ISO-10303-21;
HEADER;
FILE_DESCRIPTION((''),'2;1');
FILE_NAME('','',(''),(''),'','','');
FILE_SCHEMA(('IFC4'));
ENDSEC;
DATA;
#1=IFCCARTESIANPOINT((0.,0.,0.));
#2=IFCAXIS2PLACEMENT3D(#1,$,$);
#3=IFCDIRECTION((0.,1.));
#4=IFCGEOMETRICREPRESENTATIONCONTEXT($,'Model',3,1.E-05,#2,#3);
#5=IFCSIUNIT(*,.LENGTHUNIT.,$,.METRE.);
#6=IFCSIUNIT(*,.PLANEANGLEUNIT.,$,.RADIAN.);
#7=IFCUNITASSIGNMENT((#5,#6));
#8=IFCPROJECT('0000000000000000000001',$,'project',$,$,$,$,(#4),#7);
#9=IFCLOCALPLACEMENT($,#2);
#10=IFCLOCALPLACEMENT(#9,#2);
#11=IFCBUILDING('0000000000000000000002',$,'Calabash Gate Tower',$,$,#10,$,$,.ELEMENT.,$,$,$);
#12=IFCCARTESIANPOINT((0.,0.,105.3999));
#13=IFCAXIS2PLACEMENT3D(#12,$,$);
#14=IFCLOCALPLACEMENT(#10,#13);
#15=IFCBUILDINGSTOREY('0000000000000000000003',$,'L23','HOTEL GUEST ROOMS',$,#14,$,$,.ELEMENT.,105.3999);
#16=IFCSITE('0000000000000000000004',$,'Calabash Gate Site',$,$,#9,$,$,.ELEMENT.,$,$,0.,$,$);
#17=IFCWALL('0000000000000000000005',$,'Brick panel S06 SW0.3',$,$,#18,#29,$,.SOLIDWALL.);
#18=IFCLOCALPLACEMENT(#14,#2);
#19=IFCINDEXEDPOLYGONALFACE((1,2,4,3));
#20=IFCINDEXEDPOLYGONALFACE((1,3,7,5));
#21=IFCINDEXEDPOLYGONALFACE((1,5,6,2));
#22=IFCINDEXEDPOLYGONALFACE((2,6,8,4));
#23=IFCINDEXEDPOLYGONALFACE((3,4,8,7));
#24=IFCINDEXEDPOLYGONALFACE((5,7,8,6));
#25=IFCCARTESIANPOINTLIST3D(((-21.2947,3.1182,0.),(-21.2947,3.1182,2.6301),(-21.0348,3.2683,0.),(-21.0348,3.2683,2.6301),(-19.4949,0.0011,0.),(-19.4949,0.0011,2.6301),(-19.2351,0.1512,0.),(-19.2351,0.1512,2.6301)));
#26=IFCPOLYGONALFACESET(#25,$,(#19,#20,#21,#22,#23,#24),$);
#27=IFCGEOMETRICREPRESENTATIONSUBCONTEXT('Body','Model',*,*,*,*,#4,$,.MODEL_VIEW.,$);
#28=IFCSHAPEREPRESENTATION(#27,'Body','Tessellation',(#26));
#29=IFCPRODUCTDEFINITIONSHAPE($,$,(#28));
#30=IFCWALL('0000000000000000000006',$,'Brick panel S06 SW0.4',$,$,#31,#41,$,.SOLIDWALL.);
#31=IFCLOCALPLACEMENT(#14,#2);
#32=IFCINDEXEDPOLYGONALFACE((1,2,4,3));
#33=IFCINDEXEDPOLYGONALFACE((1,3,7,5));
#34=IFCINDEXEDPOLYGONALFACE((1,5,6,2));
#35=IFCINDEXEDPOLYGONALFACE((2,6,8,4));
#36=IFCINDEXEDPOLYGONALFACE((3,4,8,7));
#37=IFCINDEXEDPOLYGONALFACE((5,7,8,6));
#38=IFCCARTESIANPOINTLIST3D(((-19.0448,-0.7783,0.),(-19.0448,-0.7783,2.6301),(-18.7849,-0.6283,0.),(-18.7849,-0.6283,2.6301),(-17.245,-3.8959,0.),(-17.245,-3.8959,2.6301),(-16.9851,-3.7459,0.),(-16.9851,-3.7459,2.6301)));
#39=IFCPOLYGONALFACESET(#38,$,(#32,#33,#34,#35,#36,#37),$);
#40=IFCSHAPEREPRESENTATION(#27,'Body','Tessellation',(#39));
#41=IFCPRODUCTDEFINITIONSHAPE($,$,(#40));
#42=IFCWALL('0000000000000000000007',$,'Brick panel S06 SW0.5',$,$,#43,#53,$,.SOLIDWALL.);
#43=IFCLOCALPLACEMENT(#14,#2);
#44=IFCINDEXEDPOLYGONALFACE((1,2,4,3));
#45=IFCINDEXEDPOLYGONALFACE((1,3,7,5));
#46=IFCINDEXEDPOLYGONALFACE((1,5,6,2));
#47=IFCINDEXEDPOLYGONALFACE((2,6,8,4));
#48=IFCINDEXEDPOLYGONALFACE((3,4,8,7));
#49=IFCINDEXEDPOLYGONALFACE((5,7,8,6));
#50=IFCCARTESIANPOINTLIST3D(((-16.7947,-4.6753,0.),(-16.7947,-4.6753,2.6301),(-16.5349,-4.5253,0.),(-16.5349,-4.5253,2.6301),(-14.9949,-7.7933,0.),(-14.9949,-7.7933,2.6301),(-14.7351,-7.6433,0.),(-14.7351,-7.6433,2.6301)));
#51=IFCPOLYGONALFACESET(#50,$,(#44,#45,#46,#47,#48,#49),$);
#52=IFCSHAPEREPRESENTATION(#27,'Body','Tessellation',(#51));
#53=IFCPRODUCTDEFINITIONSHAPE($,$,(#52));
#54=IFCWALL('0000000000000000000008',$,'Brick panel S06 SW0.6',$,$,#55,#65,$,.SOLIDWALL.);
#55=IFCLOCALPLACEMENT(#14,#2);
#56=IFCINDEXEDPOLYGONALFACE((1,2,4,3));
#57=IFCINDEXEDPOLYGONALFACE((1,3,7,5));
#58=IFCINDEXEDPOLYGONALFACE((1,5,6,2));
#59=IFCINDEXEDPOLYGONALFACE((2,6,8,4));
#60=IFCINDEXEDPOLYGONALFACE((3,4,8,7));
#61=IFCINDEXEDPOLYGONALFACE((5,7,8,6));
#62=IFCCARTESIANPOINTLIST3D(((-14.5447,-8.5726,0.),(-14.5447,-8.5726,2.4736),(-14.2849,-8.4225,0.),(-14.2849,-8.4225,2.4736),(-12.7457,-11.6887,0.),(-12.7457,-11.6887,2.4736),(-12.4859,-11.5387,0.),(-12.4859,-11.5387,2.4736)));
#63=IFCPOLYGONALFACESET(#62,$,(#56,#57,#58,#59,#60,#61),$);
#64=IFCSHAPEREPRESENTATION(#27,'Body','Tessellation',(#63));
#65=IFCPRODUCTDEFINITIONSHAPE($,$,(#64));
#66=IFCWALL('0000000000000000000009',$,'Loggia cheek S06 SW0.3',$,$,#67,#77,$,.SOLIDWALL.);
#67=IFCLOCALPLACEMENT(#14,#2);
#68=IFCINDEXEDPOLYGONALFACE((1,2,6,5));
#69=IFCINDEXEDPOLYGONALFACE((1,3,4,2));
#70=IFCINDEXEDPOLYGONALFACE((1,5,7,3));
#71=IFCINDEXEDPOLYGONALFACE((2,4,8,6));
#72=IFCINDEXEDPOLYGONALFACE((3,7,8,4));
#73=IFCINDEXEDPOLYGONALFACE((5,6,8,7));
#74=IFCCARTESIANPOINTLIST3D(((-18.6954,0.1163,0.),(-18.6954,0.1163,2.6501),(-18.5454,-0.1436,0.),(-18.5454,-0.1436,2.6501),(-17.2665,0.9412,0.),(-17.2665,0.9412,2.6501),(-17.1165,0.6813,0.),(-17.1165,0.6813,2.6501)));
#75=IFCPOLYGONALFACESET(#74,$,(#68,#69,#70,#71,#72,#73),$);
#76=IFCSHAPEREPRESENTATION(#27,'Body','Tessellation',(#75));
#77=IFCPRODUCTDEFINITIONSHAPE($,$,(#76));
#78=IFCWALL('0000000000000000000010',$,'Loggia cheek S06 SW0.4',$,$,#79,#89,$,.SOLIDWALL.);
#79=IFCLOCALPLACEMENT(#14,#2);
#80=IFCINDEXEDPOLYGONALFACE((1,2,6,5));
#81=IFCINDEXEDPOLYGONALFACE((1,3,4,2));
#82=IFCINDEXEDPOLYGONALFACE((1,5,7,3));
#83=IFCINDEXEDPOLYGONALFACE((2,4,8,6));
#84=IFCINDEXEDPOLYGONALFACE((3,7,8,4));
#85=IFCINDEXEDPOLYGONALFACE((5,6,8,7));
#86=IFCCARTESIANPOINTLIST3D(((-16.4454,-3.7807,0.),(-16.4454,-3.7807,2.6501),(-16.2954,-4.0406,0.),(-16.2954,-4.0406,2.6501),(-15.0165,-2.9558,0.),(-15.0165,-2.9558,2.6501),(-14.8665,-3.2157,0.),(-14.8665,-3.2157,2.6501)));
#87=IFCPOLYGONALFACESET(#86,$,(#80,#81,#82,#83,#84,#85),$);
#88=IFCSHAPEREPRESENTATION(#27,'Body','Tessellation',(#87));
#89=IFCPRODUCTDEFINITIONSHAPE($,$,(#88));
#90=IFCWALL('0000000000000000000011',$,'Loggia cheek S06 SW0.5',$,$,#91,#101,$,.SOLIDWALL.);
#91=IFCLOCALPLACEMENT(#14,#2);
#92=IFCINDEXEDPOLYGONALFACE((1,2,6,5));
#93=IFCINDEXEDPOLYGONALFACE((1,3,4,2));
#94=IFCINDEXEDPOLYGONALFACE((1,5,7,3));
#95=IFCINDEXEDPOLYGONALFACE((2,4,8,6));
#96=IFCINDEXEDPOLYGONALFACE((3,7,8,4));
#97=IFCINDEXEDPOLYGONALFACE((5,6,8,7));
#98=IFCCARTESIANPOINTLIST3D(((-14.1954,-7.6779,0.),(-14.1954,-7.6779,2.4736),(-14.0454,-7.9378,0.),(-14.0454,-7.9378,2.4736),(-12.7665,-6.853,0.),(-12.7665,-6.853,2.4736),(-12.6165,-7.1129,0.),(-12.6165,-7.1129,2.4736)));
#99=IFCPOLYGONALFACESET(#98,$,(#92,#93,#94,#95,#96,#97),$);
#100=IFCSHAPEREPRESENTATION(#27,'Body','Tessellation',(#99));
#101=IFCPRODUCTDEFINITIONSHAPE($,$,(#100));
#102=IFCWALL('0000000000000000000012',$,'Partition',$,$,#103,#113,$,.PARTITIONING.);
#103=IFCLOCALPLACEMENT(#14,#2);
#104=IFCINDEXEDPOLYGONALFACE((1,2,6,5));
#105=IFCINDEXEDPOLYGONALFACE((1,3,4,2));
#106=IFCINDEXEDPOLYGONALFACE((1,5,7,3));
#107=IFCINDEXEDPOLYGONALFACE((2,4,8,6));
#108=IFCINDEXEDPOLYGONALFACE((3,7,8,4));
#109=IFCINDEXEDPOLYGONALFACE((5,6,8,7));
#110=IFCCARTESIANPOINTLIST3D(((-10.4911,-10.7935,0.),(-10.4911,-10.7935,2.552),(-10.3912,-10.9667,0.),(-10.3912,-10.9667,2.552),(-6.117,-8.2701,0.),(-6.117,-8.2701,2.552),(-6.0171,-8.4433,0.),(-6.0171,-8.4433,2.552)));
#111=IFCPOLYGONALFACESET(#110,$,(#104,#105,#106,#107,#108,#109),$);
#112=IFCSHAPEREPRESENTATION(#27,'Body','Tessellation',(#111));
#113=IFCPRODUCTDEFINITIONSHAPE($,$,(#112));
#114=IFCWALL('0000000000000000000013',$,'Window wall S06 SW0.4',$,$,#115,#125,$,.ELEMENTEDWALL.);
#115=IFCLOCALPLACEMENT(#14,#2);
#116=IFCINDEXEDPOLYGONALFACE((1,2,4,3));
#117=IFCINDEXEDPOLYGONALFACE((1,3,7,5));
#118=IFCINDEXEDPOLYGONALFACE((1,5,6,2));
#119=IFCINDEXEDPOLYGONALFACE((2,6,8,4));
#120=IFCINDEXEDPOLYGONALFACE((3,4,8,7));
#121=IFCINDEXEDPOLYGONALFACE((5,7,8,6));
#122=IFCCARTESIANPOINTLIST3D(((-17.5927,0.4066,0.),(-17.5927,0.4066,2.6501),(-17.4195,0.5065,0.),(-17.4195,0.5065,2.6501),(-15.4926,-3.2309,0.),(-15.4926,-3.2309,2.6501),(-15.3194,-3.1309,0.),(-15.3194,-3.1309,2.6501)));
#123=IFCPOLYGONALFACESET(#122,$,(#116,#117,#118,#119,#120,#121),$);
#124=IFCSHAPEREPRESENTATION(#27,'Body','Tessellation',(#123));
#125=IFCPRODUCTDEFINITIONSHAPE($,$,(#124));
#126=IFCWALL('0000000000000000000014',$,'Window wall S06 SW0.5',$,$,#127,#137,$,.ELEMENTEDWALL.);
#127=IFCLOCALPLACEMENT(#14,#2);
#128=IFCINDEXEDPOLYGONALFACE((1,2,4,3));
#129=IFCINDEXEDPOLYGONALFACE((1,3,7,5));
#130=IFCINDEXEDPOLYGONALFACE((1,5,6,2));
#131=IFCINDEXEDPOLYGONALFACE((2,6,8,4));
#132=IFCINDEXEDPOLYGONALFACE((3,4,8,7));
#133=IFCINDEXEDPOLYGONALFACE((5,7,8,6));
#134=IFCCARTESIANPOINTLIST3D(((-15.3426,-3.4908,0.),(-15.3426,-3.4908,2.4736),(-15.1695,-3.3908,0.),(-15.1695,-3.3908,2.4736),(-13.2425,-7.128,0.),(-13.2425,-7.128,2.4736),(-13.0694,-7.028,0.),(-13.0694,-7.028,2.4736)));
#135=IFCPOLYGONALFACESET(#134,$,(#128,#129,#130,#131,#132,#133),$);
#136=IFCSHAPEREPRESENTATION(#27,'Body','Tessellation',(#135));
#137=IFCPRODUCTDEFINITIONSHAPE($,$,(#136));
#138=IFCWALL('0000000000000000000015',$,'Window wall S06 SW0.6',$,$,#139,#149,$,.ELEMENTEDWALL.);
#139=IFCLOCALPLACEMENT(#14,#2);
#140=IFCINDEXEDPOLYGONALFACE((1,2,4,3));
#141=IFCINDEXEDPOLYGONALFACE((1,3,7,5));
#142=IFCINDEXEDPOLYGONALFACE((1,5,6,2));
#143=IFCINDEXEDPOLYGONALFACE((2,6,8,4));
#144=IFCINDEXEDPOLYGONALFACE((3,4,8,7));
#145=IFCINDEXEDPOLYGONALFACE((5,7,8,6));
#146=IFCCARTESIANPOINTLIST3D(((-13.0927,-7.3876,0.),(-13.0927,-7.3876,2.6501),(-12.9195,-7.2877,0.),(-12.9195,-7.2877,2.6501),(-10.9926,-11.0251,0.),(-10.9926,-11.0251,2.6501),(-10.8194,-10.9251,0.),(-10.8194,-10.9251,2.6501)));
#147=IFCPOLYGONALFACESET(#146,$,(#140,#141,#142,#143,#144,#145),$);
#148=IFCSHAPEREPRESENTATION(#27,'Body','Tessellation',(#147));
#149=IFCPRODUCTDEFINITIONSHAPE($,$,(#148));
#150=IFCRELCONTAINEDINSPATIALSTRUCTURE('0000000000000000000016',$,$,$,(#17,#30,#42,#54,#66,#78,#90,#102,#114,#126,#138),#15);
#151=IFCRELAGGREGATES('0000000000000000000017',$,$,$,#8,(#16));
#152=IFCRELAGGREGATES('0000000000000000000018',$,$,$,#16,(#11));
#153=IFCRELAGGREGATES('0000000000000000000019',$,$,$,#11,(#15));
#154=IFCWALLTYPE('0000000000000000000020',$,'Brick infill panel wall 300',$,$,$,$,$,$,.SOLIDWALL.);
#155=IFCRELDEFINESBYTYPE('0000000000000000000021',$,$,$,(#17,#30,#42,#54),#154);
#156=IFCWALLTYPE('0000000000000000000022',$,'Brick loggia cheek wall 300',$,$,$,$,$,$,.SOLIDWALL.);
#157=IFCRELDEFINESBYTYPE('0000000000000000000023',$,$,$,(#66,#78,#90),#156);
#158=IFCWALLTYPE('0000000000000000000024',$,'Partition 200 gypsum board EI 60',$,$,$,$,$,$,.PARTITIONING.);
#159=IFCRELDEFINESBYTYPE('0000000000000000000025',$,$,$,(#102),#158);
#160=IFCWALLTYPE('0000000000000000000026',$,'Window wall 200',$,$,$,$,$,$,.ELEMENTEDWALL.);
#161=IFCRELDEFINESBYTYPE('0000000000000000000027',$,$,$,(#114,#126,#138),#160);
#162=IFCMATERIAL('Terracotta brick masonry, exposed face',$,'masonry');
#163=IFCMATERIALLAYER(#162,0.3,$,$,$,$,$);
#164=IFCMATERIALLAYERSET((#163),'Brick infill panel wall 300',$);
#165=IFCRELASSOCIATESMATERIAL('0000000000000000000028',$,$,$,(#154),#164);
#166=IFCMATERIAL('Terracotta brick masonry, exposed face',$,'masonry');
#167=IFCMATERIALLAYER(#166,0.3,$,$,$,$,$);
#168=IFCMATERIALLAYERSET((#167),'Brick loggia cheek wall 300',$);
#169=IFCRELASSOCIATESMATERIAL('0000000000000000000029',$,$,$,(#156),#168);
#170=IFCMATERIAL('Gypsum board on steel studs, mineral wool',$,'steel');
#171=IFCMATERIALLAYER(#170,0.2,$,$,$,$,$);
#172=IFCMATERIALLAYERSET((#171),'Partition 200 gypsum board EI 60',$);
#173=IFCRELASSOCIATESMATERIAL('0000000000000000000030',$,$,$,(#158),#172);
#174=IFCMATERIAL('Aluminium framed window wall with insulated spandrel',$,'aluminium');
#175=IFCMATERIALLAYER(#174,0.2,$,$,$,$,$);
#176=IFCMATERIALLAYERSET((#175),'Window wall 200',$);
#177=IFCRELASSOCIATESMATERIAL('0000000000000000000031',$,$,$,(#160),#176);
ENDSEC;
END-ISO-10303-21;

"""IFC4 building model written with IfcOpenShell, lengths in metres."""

from ifc_helpers import new_model, si_unit, direction, frame, frame_2d, origin, place, context, subcontext, project, spatial, rectangle, extrude, material, layer, layer_set, type_object, element, save


model = new_model("IFC4")

# Units and contexts
model_context = context("Model", 3, precision=1e-05, world=origin(), true_north=direction((0.0, 1.0)))
body_context = subcontext(model_context, "Body", "Model", "MODEL_VIEW")
ifc_project = project(units=[si_unit("LENGTHUNIT", "METRE"), si_unit("PLANEANGLEUNIT", "RADIAN")], contexts=[model_context])

# Site, building, storey
site_placement = place(None, origin())
site = spatial("IfcSite", under=ifc_project, at=site_placement, Name="Calabash Gate Site", CompositionType="ELEMENT", RefElevation=0.0)
building_placement = place(site_placement, origin())
building = spatial("IfcBuilding", under=site, at=building_placement, Name="Calabash Gate Tower", CompositionType="ELEMENT")
storey_placement = place(building_placement, frame((0.0, 0.0, 105.3999)))
storey = spatial("IfcBuildingStorey", under=building, at=storey_placement, Name="L23", Description="HOTEL GUEST ROOMS", CompositionType="ELEMENT", Elevation=105.3999)

# Walls
ifc_material_1 = material(Name="Terracotta brick masonry, exposed face", Category="masonry")
ifc_layer_1 = layer(ifc_material_1, 0.3)
ifc_layer_set_1 = layer_set([ifc_layer_1], Name="Brick infill panel wall 300")
wall_type_1 = type_object("IfcWallType", Name="Brick infill panel wall 300", PredefinedType="SOLIDWALL", material=ifc_layer_set_1)
wall_1_placement = place(storey_placement, frame((-21.1648, 3.1934, 0.0), z_axis=(0.0, 0.0, 1.0), x_axis=(0.50002, -0.866014, 0.0)))
element("IfcWall", 1, at=wall_1_placement, inside=storey, type_object=wall_type_1, Name="Brick panel S06 SW0.3", PredefinedType="SOLIDWALL", context=body_context, shape_type="SweptSolid", body=[
    extrude(rectangle(XDim=3.5994, YDim=0.3, at=frame_2d((1.7998, 0.0))), origin(), (0.0, 0.0, 1.0), 2.6301),
])
wall_2_placement = place(storey_placement, frame((-18.9148, -0.7034, 0.0), z_axis=(0.0, 0.0, 1.0), x_axis=(0.499961, -0.866048, 0.0)))
element("IfcWall", 2, at=wall_2_placement, inside=storey, type_object=wall_type_1, Name="Brick panel S06 SW0.4", PredefinedType="SOLIDWALL", context=body_context, shape_type="SweptSolid", body=[
    extrude(rectangle(XDim=3.5999, YDim=0.3, at=frame_2d((1.7998, 0.0))), origin(), (0.0, 0.0, 1.0), 2.6301),
])
wall_3_placement = place(storey_placement, frame((-16.6648, -4.6003, 0.0), z_axis=(0.0, 0.0, 1.0), x_axis=(0.499932, -0.866065, 0.0)))
element("IfcWall", 3, at=wall_3_placement, inside=storey, type_object=wall_type_1, Name="Brick panel S06 SW0.5", PredefinedType="SOLIDWALL", context=body_context, shape_type="SweptSolid", body=[
    extrude(rectangle(XDim=3.6001, YDim=0.3, at=frame_2d((1.8, 0.0))), origin(), (0.0, 0.0, 1.0), 2.6301),
])
wall_4_placement = place(storey_placement, frame((-14.4148, -8.4976, 0.0), z_axis=(0.0, 0.0, 1.0), x_axis=(0.499985, -0.866034, 0.0)))
element("IfcWall", 4, at=wall_4_placement, inside=storey, type_object=wall_type_1, Name="Brick panel S06 SW0.6", PredefinedType="SOLIDWALL", context=body_context, shape_type="SweptSolid", body=[
    extrude(rectangle(XDim=3.5981, YDim=0.3, at=frame_2d((1.7991, 0.0))), origin(), (0.0, 0.0, 1.0), 2.4736),
])
ifc_material_2 = material(Name="Terracotta brick masonry, exposed face", Category="masonry")
ifc_layer_2 = layer(ifc_material_2, 0.3)
ifc_layer_set_2 = layer_set([ifc_layer_2], Name="Brick loggia cheek wall 300")
wall_type_2 = type_object("IfcWallType", Name="Brick loggia cheek wall 300", PredefinedType="SOLIDWALL", material=ifc_layer_set_2)
for number, where, z_axis, x_axis, name in (
    (5, (-18.6204, -0.0137, 0.0), (0.0, 0.0, 1.0), (0.86604, 0.499974, 0.0), "Loggia cheek S06 SW0.3"),
    (6, (-16.3704, -3.9106, 0.0), (0.0, 0.0, 1.0), (0.86604, 0.499974, 0.0), "Loggia cheek S06 SW0.4"),
):
    element("IfcWall", number, at=place(storey_placement, frame(where, z_axis=z_axis, x_axis=x_axis)), inside=storey, type_object=wall_type_2, Name=name, PredefinedType="SOLIDWALL", context=body_context, shape_type="SweptSolid", body=[
        extrude(rectangle(XDim=1.6499, YDim=0.3, at=frame_2d((0.825, 0.0))), origin(), (0.0, 0.0, 1.0), 2.6501),
    ])
wall_5_placement = place(storey_placement, frame((-14.1204, -7.8079, 0.0), z_axis=(0.0, 0.0, 1.0), x_axis=(0.86604, 0.499974, 0.0)))
element("IfcWall", 7, at=wall_5_placement, inside=storey, type_object=wall_type_2, Name="Loggia cheek S06 SW0.5", PredefinedType="SOLIDWALL", context=body_context, shape_type="SweptSolid", body=[
    extrude(rectangle(XDim=1.6499, YDim=0.3, at=frame_2d((0.825, 0.0))), origin(), (0.0, 0.0, 1.0), 2.4736),
])
ifc_material_3 = material(Name="Gypsum board on steel studs, mineral wool", Category="steel")
ifc_layer_3 = layer(ifc_material_3, 0.2)
ifc_layer_set_3 = layer_set([ifc_layer_3], Name="Partition 200 gypsum board EI 60")
wall_type_3 = type_object("IfcWallType", Name="Partition 200 gypsum board EI 60", PredefinedType="PARTITIONING", material=ifc_layer_set_3)
wall_6_placement = place(storey_placement, frame((-10.4412, -10.8801, 0.0), z_axis=(0.0, 0.0, 1.0), x_axis=(0.866189, 0.499717, 0.0)))
element("IfcWall", 8, at=wall_6_placement, inside=storey, type_object=wall_type_3, Name="Partition", PredefinedType="PARTITIONING", context=body_context, shape_type="SweptSolid", body=[
    extrude(rectangle(XDim=5.0498, YDim=0.2, at=frame_2d((2.5249, 0.0))), origin(), (0.0, 0.0, 1.0), 2.552),
])
ifc_material_4 = material(Name="Aluminium framed window wall with insulated spandrel", Category="aluminium")
ifc_layer_4 = layer(ifc_material_4, 0.2)
ifc_layer_set_4 = layer_set([ifc_layer_4], Name="Window wall 200")
wall_type_4 = type_object("IfcWallType", Name="Window wall 200", PredefinedType="ELEMENTEDWALL", material=ifc_layer_set_4)
wall_7_placement = place(storey_placement, frame((-17.5061, 0.4565, 0.0), z_axis=(0.0, 0.0, 1.0), x_axis=(0.500003, -0.866024, 0.0)))
element("IfcWall", 9, at=wall_7_placement, inside=storey, type_object=wall_type_4, Name="Window wall S06 SW0.4", PredefinedType="ELEMENTEDWALL", context=body_context, shape_type="SweptSolid", body=[
    extrude(rectangle(XDim=4.2002, YDim=0.2, at=frame_2d((2.1001, 0.0))), origin(), (0.0, 0.0, 1.0), 2.6501),
])
wall_8_placement = place(storey_placement, frame((-15.2561, -3.4407, 0.0), z_axis=(0.0, 0.0, 1.0), x_axis=(0.500028, -0.866009, 0.0)))
element("IfcWall", 10, at=wall_8_placement, inside=storey, type_object=wall_type_4, Name="Window wall S06 SW0.5", PredefinedType="ELEMENTEDWALL", context=body_context, shape_type="SweptSolid", body=[
    extrude(rectangle(XDim=4.2, YDim=0.2, at=frame_2d((2.1001, 0.0))), origin(), (0.0, 0.0, 1.0), 2.4736),
])
wall_9_placement = place(storey_placement, frame((-13.0061, -7.3376, 0.0), z_axis=(0.0, 0.0, 1.0), x_axis=(0.500003, -0.866024, 0.0)))
element("IfcWall", 11, at=wall_9_placement, inside=storey, type_object=wall_type_4, Name="Window wall S06 SW0.6", PredefinedType="ELEMENTEDWALL", context=body_context, shape_type="SweptSolid", body=[
    extrude(rectangle(XDim=4.2002, YDim=0.2, at=frame_2d((2.1001, 0.0))), origin(), (0.0, 0.0, 1.0), 2.6501),
])

save(model, "model.ifc")
